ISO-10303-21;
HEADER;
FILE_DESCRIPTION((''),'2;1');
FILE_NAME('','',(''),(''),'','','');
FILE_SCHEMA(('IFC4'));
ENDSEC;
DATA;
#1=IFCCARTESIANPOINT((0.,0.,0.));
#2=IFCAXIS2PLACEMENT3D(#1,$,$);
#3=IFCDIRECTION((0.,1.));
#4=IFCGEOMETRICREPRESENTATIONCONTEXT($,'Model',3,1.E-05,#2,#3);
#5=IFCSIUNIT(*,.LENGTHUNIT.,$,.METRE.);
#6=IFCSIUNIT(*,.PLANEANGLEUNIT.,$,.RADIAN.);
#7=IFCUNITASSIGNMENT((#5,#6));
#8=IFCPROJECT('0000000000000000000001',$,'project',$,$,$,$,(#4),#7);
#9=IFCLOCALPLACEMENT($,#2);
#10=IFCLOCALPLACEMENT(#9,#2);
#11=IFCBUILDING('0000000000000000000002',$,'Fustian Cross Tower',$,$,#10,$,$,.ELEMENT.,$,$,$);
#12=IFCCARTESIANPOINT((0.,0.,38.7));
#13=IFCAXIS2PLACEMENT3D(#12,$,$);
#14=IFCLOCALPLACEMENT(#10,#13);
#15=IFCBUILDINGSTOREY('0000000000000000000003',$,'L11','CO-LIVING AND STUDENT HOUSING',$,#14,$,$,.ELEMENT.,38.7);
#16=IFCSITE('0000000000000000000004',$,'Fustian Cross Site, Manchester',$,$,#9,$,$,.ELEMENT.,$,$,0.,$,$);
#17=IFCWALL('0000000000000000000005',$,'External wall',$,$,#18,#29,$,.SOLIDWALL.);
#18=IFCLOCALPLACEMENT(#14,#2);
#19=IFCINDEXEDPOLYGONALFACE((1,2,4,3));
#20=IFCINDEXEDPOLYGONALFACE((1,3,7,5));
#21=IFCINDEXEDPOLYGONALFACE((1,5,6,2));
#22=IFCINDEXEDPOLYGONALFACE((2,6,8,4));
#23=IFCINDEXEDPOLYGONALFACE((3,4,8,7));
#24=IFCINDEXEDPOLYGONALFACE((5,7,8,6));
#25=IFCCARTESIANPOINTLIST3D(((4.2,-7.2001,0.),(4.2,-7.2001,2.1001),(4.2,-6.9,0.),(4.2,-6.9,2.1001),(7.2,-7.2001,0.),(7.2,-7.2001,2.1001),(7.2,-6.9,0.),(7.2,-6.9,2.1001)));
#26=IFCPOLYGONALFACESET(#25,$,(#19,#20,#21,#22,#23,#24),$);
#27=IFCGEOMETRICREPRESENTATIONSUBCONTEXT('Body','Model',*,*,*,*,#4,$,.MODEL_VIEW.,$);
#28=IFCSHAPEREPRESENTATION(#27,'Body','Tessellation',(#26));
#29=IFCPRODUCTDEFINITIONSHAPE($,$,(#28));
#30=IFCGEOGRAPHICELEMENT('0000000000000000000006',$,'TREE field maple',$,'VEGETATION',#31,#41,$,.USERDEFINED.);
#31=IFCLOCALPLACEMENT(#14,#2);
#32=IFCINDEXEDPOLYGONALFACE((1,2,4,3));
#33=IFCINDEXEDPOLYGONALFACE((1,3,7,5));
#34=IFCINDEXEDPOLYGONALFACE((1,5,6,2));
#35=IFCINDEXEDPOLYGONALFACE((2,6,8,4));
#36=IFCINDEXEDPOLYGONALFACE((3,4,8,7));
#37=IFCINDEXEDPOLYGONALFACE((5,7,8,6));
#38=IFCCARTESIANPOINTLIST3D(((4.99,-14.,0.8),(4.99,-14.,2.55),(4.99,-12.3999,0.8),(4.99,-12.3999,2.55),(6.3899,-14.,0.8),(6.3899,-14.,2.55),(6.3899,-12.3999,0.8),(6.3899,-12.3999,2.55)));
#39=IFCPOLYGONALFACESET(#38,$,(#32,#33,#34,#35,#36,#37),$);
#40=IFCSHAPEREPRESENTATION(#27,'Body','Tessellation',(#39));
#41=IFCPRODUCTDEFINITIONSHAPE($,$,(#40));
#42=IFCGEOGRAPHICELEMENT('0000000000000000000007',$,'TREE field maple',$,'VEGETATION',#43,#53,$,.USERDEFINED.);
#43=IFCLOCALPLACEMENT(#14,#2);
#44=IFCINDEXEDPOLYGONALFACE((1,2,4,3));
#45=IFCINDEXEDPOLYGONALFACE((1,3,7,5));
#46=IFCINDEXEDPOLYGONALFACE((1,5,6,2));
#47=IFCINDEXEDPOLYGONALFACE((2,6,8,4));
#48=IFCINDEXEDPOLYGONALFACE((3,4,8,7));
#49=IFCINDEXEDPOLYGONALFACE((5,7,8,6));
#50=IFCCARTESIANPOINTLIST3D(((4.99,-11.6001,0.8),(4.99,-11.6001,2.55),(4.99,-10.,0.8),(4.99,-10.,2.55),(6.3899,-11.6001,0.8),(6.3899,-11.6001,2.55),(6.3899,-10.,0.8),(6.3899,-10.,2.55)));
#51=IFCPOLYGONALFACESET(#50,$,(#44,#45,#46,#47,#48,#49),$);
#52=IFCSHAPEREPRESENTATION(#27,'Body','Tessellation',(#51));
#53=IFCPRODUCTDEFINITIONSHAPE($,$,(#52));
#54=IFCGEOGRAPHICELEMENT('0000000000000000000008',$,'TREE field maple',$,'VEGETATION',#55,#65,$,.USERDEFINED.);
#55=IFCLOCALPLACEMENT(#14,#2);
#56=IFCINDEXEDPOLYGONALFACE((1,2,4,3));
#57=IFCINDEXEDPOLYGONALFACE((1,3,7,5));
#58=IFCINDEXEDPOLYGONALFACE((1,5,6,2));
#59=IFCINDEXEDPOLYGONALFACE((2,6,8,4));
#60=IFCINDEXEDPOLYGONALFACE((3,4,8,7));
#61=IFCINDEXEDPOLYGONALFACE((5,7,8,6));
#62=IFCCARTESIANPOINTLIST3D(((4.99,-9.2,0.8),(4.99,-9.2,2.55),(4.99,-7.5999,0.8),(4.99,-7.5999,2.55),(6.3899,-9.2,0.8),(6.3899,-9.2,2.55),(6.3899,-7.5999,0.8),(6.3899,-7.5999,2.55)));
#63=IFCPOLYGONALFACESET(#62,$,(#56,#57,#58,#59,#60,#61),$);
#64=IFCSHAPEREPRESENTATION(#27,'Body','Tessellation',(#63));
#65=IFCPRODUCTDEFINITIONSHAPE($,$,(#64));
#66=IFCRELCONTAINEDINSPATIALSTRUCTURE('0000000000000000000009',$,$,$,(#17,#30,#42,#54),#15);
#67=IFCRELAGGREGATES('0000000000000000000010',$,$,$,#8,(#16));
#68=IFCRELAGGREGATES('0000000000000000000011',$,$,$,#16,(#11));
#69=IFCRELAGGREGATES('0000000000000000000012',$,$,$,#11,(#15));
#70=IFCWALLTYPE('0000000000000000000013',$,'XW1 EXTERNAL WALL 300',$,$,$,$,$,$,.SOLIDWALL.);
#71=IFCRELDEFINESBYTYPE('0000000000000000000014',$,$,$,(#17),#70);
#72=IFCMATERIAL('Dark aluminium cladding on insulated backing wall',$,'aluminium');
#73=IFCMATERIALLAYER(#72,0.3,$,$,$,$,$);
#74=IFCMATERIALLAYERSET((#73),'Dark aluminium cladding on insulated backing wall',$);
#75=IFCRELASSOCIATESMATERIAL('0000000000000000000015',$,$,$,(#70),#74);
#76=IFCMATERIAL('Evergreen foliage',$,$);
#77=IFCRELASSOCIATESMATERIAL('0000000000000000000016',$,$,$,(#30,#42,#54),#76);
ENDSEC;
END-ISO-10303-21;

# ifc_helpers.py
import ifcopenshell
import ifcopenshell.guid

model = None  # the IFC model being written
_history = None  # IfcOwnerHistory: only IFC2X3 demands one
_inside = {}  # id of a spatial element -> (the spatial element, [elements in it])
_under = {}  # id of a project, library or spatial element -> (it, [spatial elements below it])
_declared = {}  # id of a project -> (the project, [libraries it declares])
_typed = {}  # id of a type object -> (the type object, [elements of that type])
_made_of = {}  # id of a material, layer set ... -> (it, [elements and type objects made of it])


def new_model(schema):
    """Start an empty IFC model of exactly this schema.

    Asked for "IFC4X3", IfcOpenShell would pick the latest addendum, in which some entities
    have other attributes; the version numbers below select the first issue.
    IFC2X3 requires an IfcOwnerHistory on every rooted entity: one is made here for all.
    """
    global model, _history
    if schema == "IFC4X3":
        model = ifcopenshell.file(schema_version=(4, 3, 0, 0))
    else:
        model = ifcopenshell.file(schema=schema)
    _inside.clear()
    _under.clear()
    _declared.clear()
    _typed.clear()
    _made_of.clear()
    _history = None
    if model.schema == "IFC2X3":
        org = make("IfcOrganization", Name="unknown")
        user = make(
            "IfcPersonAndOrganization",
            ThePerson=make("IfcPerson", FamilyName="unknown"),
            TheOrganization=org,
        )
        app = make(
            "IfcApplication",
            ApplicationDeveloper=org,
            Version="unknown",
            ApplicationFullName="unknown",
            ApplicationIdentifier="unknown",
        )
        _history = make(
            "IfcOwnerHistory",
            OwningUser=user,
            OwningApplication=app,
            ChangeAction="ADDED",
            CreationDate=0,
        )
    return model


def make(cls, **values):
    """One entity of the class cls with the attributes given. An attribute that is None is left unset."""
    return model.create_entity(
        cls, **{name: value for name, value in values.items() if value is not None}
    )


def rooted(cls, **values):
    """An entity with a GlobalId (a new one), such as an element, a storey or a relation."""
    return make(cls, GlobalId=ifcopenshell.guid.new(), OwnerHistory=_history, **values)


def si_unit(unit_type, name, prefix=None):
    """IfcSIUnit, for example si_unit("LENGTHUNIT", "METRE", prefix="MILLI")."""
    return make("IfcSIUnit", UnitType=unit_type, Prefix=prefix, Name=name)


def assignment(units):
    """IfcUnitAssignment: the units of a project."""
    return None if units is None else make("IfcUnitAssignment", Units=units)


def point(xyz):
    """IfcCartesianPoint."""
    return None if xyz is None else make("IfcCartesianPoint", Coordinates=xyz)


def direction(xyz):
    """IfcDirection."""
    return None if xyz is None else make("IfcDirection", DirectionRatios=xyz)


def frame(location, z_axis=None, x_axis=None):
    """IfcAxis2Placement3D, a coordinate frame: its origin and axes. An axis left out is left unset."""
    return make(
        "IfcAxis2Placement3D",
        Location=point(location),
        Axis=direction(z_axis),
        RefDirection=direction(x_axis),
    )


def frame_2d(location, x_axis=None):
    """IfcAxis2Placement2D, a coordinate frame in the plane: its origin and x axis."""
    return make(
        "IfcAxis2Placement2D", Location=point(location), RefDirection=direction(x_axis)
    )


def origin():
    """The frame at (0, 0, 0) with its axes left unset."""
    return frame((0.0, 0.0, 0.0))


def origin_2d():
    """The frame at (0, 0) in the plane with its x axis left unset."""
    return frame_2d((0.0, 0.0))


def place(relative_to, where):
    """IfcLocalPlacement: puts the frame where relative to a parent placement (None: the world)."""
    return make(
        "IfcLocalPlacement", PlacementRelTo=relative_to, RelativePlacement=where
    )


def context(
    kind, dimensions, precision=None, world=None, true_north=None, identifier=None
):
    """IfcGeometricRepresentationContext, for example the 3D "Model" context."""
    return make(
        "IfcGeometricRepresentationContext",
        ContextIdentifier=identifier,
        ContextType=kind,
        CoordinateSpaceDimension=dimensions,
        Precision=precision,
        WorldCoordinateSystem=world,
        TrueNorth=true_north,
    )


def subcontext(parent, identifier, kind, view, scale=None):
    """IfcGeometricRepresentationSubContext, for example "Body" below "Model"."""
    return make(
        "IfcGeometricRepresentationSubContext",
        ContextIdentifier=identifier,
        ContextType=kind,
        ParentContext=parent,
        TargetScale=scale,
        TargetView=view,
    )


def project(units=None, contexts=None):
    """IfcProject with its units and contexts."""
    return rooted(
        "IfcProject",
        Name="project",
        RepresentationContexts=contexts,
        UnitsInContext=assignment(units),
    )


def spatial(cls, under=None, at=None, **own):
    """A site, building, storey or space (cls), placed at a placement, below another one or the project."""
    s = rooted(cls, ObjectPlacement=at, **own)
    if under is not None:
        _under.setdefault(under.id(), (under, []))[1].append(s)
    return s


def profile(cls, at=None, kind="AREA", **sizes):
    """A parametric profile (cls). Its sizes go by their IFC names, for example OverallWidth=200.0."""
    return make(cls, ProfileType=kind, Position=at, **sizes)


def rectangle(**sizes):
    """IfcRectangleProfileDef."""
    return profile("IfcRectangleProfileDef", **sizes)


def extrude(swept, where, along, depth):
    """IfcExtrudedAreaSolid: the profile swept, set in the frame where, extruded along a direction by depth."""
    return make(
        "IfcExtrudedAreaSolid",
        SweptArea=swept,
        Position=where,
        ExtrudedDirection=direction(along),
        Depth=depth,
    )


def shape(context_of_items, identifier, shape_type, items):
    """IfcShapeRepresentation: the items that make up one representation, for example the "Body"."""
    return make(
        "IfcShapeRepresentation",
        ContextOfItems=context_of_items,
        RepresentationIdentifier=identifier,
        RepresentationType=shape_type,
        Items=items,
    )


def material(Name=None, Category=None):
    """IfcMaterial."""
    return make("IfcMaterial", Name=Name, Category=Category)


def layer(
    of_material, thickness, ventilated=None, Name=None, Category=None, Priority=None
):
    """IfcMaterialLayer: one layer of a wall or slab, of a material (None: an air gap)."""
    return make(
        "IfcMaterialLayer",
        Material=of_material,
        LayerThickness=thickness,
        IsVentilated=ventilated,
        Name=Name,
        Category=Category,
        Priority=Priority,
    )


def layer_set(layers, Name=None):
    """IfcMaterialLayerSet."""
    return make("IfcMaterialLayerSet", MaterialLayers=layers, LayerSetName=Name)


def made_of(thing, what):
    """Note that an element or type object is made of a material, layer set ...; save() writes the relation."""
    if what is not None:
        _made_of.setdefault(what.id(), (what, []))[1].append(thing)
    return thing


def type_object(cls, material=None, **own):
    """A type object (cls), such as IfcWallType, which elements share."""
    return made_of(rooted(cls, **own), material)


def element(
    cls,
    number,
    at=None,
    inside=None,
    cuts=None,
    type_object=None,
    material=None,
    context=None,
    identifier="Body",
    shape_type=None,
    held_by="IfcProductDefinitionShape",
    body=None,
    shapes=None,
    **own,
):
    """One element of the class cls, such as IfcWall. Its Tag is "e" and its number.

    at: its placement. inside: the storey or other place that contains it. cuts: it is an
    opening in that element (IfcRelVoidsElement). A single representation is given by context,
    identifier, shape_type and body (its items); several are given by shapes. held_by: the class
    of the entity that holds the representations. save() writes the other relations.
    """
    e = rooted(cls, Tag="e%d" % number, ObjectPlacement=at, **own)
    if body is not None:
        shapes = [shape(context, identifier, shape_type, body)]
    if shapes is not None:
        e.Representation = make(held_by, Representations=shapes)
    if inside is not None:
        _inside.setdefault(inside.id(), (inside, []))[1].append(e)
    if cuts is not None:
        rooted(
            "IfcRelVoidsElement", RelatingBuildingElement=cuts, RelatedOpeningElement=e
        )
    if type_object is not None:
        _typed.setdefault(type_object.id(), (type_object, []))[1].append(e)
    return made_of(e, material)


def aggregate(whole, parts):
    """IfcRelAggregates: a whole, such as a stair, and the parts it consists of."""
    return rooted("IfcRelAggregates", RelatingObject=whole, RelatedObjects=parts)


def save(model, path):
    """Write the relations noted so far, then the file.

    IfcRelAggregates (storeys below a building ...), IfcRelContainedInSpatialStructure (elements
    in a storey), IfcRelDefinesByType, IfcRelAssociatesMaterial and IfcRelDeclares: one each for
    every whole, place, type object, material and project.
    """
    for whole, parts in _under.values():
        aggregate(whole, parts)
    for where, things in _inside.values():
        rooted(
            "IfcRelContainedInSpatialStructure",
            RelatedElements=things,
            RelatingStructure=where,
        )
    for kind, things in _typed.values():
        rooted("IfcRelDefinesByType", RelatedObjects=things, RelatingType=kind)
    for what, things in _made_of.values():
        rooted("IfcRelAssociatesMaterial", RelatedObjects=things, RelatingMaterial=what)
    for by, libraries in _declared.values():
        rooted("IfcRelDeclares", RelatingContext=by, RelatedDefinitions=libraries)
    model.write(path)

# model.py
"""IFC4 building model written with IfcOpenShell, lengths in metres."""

from ifc_helpers import new_model, si_unit, direction, frame, frame_2d, origin, origin_2d, place, context, subcontext, project, spatial, rectangle, extrude, material, layer, layer_set, type_object, element, save


model = new_model("IFC4")

# Units and contexts
model_context = context("Model", 3, precision=1e-05, world=origin(), true_north=direction((0.0, 1.0)))
body_context = subcontext(model_context, "Body", "Model", "MODEL_VIEW")
ifc_project = project(units=[si_unit("LENGTHUNIT", "METRE"), si_unit("PLANEANGLEUNIT", "RADIAN")], contexts=[model_context])

# Site, building, storey
site_placement = place(None, origin())
site = spatial("IfcSite", under=ifc_project, at=site_placement, Name="Fustian Cross Site, Manchester", CompositionType="ELEMENT", RefElevation=0.0)
building_placement = place(site_placement, origin())
building = spatial("IfcBuilding", under=site, at=building_placement, Name="Fustian Cross Tower", CompositionType="ELEMENT")
storey_placement = place(building_placement, frame((0.0, 0.0, 38.7)))
storey = spatial("IfcBuildingStorey", under=building, at=storey_placement, Name="L11", Description="CO-LIVING AND STUDENT HOUSING", CompositionType="ELEMENT", Elevation=38.7)

# Shared definitions
ifc_material_1 = material(Name="Dark aluminium cladding on insulated backing wall", Category="aluminium")
ifc_layer_1 = layer(ifc_material_1, 0.3)
ifc_layer_set_1 = layer_set([ifc_layer_1], Name="Dark aluminium cladding on insulated backing wall")
wall_type_1 = type_object("IfcWallType", Name="XW1 EXTERNAL WALL 300", PredefinedType="SOLIDWALL", material=ifc_layer_set_1)

# Wall
wall_1_placement = place(storey_placement, frame((4.2, -7.05, 0.0), z_axis=(0.0, 0.0, 1.0), x_axis=(1.0, 0.0, 0.0)))
element("IfcWall", 1, at=wall_1_placement, inside=storey, type_object=wall_type_1, Name="External wall", PredefinedType="SOLIDWALL", context=body_context, shape_type="SweptSolid", body=[
    extrude(rectangle(XDim=3.0, YDim=0.3, at=frame_2d((1.5, 0.0))), origin(), (0.0, 0.0, 1.0), 2.1001),
])

# Geographic elements
ifc_material_2 = material(Name="Evergreen foliage")
for number, where, z_axis, x_axis, name in (
    (2, (5.6899, -13.2, 0.8), (0.0, 0.0, 1.0), (1.0, 0.0, 0.0), "TREE field maple"),
    (3, (5.6899, -10.8, 0.8), (0.0, 0.0, 1.0), (1.0, 0.0, 0.0), "TREE field maple"),
    (4, (5.6899, -8.3999, 0.8), (0.0, 0.0, 1.0), (1.0, 0.0, 0.0), "TREE field maple"),
):
    element("IfcGeographicElement", number, at=place(storey_placement, frame(where, z_axis=z_axis, x_axis=x_axis)), inside=storey, material=ifc_material_2, Name=name, ObjectType="VEGETATION", PredefinedType="USERDEFINED", context=body_context, shape_type="SweptSolid", body=[
        extrude(rectangle(XDim=1.3999, YDim=1.6001, at=origin_2d()), origin(), (0.0, 0.0, 1.0), 1.75),
    ])

save(model, "model.ifc")
